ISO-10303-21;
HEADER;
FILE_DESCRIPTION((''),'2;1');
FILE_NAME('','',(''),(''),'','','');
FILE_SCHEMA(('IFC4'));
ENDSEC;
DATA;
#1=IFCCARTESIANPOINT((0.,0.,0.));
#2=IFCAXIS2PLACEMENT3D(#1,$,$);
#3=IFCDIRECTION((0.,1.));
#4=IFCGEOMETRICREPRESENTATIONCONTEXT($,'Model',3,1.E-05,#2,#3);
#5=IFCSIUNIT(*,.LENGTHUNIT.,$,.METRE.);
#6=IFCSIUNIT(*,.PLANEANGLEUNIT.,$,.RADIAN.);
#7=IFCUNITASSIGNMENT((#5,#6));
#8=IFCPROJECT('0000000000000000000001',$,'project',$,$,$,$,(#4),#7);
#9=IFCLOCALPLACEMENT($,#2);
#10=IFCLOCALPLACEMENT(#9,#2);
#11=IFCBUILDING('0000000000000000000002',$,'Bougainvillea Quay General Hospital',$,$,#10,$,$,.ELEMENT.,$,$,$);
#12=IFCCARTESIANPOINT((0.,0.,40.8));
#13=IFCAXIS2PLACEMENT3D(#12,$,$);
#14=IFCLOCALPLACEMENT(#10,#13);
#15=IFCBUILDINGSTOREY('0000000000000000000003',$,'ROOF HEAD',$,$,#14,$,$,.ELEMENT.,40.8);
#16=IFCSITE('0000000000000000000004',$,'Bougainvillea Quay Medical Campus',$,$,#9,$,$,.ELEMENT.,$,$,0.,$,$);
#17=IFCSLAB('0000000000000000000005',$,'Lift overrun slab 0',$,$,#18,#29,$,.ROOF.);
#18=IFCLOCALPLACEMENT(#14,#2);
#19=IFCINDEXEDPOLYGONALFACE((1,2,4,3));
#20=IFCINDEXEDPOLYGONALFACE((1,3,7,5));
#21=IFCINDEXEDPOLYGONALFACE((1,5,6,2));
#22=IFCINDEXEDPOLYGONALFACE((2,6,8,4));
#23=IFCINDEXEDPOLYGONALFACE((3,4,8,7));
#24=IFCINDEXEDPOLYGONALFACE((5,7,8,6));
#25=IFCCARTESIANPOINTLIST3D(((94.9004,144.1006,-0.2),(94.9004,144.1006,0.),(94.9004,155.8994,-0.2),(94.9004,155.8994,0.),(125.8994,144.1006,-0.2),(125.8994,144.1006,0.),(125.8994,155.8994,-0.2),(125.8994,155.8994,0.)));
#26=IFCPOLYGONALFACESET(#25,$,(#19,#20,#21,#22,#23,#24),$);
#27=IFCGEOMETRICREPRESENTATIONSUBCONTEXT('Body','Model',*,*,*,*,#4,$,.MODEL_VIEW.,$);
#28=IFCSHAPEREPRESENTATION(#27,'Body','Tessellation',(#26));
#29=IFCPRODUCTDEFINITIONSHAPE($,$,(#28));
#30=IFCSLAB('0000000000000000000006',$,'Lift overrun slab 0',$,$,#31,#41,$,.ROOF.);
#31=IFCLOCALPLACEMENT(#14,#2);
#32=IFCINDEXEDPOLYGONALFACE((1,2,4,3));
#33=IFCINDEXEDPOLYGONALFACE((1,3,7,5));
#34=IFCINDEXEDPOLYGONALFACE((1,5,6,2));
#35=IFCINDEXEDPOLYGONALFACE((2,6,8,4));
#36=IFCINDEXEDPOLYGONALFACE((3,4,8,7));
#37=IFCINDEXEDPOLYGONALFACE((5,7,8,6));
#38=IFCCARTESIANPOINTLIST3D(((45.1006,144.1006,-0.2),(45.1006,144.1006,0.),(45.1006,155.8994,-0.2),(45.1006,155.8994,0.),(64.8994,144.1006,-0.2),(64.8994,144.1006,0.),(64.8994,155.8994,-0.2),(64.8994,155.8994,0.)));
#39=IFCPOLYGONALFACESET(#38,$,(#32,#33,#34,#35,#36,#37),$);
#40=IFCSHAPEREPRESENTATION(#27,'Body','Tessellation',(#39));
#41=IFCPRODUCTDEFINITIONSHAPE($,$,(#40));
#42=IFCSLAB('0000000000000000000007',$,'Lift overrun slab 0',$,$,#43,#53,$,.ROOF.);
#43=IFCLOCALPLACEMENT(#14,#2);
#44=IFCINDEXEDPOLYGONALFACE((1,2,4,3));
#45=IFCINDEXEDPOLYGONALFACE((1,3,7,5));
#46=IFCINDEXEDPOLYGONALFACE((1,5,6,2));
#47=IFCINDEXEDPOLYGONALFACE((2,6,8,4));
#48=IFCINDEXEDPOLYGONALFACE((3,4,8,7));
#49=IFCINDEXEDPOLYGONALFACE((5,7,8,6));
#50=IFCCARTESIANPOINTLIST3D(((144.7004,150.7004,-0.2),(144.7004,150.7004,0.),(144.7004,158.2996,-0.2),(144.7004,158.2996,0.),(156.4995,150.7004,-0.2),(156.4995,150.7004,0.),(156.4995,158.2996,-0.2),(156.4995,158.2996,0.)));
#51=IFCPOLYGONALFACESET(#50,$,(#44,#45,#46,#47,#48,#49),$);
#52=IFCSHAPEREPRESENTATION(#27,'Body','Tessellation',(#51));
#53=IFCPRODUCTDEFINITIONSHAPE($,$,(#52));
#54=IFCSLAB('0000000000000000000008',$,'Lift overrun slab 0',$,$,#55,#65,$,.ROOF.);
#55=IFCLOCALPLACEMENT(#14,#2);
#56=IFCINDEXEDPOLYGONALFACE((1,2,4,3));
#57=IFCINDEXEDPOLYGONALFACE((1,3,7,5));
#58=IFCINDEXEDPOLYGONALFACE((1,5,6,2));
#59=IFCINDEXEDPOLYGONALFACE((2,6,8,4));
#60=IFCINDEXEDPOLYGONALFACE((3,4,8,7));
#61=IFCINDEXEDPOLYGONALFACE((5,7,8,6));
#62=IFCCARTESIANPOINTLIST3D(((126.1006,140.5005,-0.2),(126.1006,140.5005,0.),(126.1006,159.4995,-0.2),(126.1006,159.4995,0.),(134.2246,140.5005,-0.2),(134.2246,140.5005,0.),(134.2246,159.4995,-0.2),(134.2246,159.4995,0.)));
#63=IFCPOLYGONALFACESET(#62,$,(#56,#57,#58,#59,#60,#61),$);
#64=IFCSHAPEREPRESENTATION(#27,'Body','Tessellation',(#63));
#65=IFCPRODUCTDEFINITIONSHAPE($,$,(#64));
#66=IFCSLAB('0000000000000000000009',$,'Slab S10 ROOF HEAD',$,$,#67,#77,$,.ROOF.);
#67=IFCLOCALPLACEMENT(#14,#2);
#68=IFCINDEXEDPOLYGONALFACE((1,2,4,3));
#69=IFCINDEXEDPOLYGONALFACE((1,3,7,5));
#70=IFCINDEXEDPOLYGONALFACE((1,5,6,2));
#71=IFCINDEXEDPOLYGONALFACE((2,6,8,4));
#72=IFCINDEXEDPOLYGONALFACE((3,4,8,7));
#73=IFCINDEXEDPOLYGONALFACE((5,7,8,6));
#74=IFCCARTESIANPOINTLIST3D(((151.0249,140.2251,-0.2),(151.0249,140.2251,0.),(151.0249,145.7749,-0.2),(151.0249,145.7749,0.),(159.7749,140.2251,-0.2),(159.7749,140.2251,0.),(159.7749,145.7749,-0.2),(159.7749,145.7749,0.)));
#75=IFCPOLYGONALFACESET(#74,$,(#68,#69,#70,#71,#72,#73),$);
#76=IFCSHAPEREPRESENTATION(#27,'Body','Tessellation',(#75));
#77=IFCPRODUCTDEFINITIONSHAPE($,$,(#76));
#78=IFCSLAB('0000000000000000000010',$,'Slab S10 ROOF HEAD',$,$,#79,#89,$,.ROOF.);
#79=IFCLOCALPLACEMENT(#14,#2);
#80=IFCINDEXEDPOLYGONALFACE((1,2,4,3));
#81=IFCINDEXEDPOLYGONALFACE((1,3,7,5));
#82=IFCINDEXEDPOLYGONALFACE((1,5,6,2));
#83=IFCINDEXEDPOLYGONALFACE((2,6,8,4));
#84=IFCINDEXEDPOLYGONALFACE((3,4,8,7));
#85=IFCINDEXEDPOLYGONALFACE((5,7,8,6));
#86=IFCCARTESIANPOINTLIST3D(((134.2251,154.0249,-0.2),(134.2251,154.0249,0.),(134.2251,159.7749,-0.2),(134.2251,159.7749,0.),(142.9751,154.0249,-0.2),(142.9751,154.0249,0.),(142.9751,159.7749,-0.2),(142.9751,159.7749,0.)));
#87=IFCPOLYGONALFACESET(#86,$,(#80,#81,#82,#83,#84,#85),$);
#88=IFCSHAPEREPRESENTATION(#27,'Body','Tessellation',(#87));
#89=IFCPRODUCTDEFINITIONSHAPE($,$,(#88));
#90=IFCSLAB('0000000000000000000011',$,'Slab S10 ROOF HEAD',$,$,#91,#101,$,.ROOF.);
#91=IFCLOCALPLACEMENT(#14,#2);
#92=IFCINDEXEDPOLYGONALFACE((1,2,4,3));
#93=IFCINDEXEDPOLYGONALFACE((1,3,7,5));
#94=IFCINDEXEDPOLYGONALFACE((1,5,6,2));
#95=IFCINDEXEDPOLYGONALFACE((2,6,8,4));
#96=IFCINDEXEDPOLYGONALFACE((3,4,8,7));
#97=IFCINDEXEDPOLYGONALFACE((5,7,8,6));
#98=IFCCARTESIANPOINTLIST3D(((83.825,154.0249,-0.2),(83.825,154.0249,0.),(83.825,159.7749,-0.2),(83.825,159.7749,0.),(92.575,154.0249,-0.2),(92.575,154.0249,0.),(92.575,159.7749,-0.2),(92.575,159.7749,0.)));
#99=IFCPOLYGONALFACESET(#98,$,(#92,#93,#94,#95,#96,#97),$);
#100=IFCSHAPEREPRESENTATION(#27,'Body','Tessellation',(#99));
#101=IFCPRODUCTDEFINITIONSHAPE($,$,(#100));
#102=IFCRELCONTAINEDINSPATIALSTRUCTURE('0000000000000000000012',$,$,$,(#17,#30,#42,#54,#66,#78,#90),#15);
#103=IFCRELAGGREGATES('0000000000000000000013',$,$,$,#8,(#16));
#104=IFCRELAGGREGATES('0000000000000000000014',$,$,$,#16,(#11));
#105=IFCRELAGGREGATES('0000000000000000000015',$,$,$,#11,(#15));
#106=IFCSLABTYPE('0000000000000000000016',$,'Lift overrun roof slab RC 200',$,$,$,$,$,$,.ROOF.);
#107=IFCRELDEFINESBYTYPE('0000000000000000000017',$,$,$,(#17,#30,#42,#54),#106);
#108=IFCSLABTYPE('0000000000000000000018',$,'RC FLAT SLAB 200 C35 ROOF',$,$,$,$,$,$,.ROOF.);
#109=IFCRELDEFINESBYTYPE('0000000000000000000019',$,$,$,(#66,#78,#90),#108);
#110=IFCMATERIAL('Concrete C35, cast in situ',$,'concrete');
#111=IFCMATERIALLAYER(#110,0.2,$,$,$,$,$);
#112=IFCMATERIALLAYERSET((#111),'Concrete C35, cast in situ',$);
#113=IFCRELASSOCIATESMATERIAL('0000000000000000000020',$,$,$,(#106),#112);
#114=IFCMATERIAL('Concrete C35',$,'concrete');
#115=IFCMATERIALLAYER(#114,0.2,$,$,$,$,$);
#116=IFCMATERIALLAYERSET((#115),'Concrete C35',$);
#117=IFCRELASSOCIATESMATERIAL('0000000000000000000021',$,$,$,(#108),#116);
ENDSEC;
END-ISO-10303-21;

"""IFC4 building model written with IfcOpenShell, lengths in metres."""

from ifc_helpers import new_model, si_unit, direction, frame, origin, place, context, subcontext, project, spatial, polyline, outline, extrude, material, layer, layer_set, type_object, element, save


model = new_model("IFC4")

# Units and contexts
model_context = context("Model", 3, precision=1e-05, world=origin(), true_north=direction((0.0, 1.0)))
body_context = subcontext(model_context, "Body", "Model", "MODEL_VIEW")
ifc_project = project(units=[si_unit("LENGTHUNIT", "METRE"), si_unit("PLANEANGLEUNIT", "RADIAN")], contexts=[model_context])

# Site, building, storey
site_placement = place(None, origin())
site = spatial("IfcSite", under=ifc_project, at=site_placement, Name="Bougainvillea Quay Medical Campus", CompositionType="ELEMENT", RefElevation=0.0)
building_placement = place(site_placement, origin())
building = spatial("IfcBuilding", under=site, at=building_placement, Name="Bougainvillea Quay General Hospital", CompositionType="ELEMENT")
storey_placement = place(building_placement, frame((0.0, 0.0, 40.8)))
storey = spatial("IfcBuildingStorey", under=building, at=storey_placement, Name="ROOF HEAD", CompositionType="ELEMENT", Elevation=40.8)

# Slabs
ifc_material_1 = material(Name="Concrete C35, cast in situ", Category="concrete")
ifc_layer_1 = layer(ifc_material_1, 0.2)
ifc_layer_set_1 = layer_set([ifc_layer_1], Name="Concrete C35, cast in situ")
slab_type_1 = type_object("IfcSlabType", Name="Lift overrun roof slab RC 200", PredefinedType="ROOF", material=ifc_layer_set_1)
slab_1_placement = place(storey_placement, frame((0.0, 0.0, -0.2)))
element("IfcSlab", 1, at=slab_1_placement, inside=storey, type_object=slab_type_1, Name="Lift overrun slab 0", PredefinedType="ROOF", context=body_context, shape_type="SweptSolid", body=[
    extrude(outline(polyline([(94.9004, 144.1006), (125.8994, 144.1006), (125.8994, 155.8994), (94.9004, 155.8994), (94.9004, 144.1006)])), origin(), (0.0, 0.0, 1.0), 0.2),
])
slab_2_placement = place(storey_placement, frame((0.0, 0.0, -0.2)))
element("IfcSlab", 2, at=slab_2_placement, inside=storey, type_object=slab_type_1, Name="Lift overrun slab 0", PredefinedType="ROOF", context=body_context, shape_type="SweptSolid", body=[
    extrude(outline(polyline([(45.1006, 144.1006), (64.8994, 144.1006), (64.8994, 155.8994), (45.1006, 155.8994), (45.1006, 144.1006)])), origin(), (0.0, 0.0, 1.0), 0.2),
])
slab_3_placement = place(storey_placement, frame((0.0, 0.0, -0.2)))
element("IfcSlab", 3, at=slab_3_placement, inside=storey, type_object=slab_type_1, Name="Lift overrun slab 0", PredefinedType="ROOF", context=body_context, shape_type="SweptSolid", body=[
    extrude(outline(polyline([(144.7004, 150.7004), (156.4995, 150.7004), (156.4995, 158.2996), (144.7004, 158.2996), (144.7004, 150.7004)])), origin(), (0.0, 0.0, 1.0), 0.2),
])
slab_4_placement = place(storey_placement, frame((0.0, 0.0, -0.2)))
element("IfcSlab", 4, at=slab_4_placement, inside=storey, type_object=slab_type_1, Name="Lift overrun slab 0", PredefinedType="ROOF", context=body_context, shape_type="SweptSolid", body=[
    extrude(outline(polyline([(126.1006, 140.5005), (134.2246, 140.5005), (134.2246, 159.4995), (126.1006, 159.4995), (126.1006, 140.5005)])), origin(), (0.0, 0.0, 1.0), 0.2),
])
ifc_material_2 = material(Name="Concrete C35", Category="concrete")
ifc_layer_2 = layer(ifc_material_2, 0.2)
ifc_layer_set_2 = layer_set([ifc_layer_2], Name="Concrete C35")
slab_type_2 = type_object("IfcSlabType", Name="RC FLAT SLAB 200 C35 ROOF", PredefinedType="ROOF", material=ifc_layer_set_2)
slab_5_placement = place(storey_placement, frame((0.0, 0.0, -0.2)))
element("IfcSlab", 5, at=slab_5_placement, inside=storey, type_object=slab_type_2, Name="Slab S10 ROOF HEAD", PredefinedType="ROOF", context=body_context, shape_type="SweptSolid", body=[
    extrude(outline(polyline([(151.0249, 145.7749), (151.0249, 140.2251), (159.7749, 140.2251), (159.7749, 145.7749), (151.0249, 145.7749)])), origin(), (0.0, 0.0, 1.0), 0.2),
])
slab_6_placement = place(storey_placement, frame((0.0, 0.0, -0.2)))
element("IfcSlab", 6, at=slab_6_placement, inside=storey, type_object=slab_type_2, Name="Slab S10 ROOF HEAD", PredefinedType="ROOF", context=body_context, shape_type="SweptSolid", body=[
    extrude(outline(polyline([(142.9751, 159.7749), (134.2251, 159.7749), (134.2251, 154.0249), (142.9751, 154.0249), (142.9751, 159.7749)])), origin(), (0.0, 0.0, 1.0), 0.2),
])
slab_7_placement = place(storey_placement, frame((0.0, 0.0, -0.2)))
element("IfcSlab", 7, at=slab_7_placement, inside=storey, type_object=slab_type_2, Name="Slab S10 ROOF HEAD", PredefinedType="ROOF", context=body_context, shape_type="SweptSolid", body=[
    extrude(outline(polyline([(92.575, 159.7749), (83.825, 159.7749), (83.825, 154.0249), (92.575, 154.0249), (92.575, 159.7749)])), origin(), (0.0, 0.0, 1.0), 0.2),
])

save(model, "model.ifc")
